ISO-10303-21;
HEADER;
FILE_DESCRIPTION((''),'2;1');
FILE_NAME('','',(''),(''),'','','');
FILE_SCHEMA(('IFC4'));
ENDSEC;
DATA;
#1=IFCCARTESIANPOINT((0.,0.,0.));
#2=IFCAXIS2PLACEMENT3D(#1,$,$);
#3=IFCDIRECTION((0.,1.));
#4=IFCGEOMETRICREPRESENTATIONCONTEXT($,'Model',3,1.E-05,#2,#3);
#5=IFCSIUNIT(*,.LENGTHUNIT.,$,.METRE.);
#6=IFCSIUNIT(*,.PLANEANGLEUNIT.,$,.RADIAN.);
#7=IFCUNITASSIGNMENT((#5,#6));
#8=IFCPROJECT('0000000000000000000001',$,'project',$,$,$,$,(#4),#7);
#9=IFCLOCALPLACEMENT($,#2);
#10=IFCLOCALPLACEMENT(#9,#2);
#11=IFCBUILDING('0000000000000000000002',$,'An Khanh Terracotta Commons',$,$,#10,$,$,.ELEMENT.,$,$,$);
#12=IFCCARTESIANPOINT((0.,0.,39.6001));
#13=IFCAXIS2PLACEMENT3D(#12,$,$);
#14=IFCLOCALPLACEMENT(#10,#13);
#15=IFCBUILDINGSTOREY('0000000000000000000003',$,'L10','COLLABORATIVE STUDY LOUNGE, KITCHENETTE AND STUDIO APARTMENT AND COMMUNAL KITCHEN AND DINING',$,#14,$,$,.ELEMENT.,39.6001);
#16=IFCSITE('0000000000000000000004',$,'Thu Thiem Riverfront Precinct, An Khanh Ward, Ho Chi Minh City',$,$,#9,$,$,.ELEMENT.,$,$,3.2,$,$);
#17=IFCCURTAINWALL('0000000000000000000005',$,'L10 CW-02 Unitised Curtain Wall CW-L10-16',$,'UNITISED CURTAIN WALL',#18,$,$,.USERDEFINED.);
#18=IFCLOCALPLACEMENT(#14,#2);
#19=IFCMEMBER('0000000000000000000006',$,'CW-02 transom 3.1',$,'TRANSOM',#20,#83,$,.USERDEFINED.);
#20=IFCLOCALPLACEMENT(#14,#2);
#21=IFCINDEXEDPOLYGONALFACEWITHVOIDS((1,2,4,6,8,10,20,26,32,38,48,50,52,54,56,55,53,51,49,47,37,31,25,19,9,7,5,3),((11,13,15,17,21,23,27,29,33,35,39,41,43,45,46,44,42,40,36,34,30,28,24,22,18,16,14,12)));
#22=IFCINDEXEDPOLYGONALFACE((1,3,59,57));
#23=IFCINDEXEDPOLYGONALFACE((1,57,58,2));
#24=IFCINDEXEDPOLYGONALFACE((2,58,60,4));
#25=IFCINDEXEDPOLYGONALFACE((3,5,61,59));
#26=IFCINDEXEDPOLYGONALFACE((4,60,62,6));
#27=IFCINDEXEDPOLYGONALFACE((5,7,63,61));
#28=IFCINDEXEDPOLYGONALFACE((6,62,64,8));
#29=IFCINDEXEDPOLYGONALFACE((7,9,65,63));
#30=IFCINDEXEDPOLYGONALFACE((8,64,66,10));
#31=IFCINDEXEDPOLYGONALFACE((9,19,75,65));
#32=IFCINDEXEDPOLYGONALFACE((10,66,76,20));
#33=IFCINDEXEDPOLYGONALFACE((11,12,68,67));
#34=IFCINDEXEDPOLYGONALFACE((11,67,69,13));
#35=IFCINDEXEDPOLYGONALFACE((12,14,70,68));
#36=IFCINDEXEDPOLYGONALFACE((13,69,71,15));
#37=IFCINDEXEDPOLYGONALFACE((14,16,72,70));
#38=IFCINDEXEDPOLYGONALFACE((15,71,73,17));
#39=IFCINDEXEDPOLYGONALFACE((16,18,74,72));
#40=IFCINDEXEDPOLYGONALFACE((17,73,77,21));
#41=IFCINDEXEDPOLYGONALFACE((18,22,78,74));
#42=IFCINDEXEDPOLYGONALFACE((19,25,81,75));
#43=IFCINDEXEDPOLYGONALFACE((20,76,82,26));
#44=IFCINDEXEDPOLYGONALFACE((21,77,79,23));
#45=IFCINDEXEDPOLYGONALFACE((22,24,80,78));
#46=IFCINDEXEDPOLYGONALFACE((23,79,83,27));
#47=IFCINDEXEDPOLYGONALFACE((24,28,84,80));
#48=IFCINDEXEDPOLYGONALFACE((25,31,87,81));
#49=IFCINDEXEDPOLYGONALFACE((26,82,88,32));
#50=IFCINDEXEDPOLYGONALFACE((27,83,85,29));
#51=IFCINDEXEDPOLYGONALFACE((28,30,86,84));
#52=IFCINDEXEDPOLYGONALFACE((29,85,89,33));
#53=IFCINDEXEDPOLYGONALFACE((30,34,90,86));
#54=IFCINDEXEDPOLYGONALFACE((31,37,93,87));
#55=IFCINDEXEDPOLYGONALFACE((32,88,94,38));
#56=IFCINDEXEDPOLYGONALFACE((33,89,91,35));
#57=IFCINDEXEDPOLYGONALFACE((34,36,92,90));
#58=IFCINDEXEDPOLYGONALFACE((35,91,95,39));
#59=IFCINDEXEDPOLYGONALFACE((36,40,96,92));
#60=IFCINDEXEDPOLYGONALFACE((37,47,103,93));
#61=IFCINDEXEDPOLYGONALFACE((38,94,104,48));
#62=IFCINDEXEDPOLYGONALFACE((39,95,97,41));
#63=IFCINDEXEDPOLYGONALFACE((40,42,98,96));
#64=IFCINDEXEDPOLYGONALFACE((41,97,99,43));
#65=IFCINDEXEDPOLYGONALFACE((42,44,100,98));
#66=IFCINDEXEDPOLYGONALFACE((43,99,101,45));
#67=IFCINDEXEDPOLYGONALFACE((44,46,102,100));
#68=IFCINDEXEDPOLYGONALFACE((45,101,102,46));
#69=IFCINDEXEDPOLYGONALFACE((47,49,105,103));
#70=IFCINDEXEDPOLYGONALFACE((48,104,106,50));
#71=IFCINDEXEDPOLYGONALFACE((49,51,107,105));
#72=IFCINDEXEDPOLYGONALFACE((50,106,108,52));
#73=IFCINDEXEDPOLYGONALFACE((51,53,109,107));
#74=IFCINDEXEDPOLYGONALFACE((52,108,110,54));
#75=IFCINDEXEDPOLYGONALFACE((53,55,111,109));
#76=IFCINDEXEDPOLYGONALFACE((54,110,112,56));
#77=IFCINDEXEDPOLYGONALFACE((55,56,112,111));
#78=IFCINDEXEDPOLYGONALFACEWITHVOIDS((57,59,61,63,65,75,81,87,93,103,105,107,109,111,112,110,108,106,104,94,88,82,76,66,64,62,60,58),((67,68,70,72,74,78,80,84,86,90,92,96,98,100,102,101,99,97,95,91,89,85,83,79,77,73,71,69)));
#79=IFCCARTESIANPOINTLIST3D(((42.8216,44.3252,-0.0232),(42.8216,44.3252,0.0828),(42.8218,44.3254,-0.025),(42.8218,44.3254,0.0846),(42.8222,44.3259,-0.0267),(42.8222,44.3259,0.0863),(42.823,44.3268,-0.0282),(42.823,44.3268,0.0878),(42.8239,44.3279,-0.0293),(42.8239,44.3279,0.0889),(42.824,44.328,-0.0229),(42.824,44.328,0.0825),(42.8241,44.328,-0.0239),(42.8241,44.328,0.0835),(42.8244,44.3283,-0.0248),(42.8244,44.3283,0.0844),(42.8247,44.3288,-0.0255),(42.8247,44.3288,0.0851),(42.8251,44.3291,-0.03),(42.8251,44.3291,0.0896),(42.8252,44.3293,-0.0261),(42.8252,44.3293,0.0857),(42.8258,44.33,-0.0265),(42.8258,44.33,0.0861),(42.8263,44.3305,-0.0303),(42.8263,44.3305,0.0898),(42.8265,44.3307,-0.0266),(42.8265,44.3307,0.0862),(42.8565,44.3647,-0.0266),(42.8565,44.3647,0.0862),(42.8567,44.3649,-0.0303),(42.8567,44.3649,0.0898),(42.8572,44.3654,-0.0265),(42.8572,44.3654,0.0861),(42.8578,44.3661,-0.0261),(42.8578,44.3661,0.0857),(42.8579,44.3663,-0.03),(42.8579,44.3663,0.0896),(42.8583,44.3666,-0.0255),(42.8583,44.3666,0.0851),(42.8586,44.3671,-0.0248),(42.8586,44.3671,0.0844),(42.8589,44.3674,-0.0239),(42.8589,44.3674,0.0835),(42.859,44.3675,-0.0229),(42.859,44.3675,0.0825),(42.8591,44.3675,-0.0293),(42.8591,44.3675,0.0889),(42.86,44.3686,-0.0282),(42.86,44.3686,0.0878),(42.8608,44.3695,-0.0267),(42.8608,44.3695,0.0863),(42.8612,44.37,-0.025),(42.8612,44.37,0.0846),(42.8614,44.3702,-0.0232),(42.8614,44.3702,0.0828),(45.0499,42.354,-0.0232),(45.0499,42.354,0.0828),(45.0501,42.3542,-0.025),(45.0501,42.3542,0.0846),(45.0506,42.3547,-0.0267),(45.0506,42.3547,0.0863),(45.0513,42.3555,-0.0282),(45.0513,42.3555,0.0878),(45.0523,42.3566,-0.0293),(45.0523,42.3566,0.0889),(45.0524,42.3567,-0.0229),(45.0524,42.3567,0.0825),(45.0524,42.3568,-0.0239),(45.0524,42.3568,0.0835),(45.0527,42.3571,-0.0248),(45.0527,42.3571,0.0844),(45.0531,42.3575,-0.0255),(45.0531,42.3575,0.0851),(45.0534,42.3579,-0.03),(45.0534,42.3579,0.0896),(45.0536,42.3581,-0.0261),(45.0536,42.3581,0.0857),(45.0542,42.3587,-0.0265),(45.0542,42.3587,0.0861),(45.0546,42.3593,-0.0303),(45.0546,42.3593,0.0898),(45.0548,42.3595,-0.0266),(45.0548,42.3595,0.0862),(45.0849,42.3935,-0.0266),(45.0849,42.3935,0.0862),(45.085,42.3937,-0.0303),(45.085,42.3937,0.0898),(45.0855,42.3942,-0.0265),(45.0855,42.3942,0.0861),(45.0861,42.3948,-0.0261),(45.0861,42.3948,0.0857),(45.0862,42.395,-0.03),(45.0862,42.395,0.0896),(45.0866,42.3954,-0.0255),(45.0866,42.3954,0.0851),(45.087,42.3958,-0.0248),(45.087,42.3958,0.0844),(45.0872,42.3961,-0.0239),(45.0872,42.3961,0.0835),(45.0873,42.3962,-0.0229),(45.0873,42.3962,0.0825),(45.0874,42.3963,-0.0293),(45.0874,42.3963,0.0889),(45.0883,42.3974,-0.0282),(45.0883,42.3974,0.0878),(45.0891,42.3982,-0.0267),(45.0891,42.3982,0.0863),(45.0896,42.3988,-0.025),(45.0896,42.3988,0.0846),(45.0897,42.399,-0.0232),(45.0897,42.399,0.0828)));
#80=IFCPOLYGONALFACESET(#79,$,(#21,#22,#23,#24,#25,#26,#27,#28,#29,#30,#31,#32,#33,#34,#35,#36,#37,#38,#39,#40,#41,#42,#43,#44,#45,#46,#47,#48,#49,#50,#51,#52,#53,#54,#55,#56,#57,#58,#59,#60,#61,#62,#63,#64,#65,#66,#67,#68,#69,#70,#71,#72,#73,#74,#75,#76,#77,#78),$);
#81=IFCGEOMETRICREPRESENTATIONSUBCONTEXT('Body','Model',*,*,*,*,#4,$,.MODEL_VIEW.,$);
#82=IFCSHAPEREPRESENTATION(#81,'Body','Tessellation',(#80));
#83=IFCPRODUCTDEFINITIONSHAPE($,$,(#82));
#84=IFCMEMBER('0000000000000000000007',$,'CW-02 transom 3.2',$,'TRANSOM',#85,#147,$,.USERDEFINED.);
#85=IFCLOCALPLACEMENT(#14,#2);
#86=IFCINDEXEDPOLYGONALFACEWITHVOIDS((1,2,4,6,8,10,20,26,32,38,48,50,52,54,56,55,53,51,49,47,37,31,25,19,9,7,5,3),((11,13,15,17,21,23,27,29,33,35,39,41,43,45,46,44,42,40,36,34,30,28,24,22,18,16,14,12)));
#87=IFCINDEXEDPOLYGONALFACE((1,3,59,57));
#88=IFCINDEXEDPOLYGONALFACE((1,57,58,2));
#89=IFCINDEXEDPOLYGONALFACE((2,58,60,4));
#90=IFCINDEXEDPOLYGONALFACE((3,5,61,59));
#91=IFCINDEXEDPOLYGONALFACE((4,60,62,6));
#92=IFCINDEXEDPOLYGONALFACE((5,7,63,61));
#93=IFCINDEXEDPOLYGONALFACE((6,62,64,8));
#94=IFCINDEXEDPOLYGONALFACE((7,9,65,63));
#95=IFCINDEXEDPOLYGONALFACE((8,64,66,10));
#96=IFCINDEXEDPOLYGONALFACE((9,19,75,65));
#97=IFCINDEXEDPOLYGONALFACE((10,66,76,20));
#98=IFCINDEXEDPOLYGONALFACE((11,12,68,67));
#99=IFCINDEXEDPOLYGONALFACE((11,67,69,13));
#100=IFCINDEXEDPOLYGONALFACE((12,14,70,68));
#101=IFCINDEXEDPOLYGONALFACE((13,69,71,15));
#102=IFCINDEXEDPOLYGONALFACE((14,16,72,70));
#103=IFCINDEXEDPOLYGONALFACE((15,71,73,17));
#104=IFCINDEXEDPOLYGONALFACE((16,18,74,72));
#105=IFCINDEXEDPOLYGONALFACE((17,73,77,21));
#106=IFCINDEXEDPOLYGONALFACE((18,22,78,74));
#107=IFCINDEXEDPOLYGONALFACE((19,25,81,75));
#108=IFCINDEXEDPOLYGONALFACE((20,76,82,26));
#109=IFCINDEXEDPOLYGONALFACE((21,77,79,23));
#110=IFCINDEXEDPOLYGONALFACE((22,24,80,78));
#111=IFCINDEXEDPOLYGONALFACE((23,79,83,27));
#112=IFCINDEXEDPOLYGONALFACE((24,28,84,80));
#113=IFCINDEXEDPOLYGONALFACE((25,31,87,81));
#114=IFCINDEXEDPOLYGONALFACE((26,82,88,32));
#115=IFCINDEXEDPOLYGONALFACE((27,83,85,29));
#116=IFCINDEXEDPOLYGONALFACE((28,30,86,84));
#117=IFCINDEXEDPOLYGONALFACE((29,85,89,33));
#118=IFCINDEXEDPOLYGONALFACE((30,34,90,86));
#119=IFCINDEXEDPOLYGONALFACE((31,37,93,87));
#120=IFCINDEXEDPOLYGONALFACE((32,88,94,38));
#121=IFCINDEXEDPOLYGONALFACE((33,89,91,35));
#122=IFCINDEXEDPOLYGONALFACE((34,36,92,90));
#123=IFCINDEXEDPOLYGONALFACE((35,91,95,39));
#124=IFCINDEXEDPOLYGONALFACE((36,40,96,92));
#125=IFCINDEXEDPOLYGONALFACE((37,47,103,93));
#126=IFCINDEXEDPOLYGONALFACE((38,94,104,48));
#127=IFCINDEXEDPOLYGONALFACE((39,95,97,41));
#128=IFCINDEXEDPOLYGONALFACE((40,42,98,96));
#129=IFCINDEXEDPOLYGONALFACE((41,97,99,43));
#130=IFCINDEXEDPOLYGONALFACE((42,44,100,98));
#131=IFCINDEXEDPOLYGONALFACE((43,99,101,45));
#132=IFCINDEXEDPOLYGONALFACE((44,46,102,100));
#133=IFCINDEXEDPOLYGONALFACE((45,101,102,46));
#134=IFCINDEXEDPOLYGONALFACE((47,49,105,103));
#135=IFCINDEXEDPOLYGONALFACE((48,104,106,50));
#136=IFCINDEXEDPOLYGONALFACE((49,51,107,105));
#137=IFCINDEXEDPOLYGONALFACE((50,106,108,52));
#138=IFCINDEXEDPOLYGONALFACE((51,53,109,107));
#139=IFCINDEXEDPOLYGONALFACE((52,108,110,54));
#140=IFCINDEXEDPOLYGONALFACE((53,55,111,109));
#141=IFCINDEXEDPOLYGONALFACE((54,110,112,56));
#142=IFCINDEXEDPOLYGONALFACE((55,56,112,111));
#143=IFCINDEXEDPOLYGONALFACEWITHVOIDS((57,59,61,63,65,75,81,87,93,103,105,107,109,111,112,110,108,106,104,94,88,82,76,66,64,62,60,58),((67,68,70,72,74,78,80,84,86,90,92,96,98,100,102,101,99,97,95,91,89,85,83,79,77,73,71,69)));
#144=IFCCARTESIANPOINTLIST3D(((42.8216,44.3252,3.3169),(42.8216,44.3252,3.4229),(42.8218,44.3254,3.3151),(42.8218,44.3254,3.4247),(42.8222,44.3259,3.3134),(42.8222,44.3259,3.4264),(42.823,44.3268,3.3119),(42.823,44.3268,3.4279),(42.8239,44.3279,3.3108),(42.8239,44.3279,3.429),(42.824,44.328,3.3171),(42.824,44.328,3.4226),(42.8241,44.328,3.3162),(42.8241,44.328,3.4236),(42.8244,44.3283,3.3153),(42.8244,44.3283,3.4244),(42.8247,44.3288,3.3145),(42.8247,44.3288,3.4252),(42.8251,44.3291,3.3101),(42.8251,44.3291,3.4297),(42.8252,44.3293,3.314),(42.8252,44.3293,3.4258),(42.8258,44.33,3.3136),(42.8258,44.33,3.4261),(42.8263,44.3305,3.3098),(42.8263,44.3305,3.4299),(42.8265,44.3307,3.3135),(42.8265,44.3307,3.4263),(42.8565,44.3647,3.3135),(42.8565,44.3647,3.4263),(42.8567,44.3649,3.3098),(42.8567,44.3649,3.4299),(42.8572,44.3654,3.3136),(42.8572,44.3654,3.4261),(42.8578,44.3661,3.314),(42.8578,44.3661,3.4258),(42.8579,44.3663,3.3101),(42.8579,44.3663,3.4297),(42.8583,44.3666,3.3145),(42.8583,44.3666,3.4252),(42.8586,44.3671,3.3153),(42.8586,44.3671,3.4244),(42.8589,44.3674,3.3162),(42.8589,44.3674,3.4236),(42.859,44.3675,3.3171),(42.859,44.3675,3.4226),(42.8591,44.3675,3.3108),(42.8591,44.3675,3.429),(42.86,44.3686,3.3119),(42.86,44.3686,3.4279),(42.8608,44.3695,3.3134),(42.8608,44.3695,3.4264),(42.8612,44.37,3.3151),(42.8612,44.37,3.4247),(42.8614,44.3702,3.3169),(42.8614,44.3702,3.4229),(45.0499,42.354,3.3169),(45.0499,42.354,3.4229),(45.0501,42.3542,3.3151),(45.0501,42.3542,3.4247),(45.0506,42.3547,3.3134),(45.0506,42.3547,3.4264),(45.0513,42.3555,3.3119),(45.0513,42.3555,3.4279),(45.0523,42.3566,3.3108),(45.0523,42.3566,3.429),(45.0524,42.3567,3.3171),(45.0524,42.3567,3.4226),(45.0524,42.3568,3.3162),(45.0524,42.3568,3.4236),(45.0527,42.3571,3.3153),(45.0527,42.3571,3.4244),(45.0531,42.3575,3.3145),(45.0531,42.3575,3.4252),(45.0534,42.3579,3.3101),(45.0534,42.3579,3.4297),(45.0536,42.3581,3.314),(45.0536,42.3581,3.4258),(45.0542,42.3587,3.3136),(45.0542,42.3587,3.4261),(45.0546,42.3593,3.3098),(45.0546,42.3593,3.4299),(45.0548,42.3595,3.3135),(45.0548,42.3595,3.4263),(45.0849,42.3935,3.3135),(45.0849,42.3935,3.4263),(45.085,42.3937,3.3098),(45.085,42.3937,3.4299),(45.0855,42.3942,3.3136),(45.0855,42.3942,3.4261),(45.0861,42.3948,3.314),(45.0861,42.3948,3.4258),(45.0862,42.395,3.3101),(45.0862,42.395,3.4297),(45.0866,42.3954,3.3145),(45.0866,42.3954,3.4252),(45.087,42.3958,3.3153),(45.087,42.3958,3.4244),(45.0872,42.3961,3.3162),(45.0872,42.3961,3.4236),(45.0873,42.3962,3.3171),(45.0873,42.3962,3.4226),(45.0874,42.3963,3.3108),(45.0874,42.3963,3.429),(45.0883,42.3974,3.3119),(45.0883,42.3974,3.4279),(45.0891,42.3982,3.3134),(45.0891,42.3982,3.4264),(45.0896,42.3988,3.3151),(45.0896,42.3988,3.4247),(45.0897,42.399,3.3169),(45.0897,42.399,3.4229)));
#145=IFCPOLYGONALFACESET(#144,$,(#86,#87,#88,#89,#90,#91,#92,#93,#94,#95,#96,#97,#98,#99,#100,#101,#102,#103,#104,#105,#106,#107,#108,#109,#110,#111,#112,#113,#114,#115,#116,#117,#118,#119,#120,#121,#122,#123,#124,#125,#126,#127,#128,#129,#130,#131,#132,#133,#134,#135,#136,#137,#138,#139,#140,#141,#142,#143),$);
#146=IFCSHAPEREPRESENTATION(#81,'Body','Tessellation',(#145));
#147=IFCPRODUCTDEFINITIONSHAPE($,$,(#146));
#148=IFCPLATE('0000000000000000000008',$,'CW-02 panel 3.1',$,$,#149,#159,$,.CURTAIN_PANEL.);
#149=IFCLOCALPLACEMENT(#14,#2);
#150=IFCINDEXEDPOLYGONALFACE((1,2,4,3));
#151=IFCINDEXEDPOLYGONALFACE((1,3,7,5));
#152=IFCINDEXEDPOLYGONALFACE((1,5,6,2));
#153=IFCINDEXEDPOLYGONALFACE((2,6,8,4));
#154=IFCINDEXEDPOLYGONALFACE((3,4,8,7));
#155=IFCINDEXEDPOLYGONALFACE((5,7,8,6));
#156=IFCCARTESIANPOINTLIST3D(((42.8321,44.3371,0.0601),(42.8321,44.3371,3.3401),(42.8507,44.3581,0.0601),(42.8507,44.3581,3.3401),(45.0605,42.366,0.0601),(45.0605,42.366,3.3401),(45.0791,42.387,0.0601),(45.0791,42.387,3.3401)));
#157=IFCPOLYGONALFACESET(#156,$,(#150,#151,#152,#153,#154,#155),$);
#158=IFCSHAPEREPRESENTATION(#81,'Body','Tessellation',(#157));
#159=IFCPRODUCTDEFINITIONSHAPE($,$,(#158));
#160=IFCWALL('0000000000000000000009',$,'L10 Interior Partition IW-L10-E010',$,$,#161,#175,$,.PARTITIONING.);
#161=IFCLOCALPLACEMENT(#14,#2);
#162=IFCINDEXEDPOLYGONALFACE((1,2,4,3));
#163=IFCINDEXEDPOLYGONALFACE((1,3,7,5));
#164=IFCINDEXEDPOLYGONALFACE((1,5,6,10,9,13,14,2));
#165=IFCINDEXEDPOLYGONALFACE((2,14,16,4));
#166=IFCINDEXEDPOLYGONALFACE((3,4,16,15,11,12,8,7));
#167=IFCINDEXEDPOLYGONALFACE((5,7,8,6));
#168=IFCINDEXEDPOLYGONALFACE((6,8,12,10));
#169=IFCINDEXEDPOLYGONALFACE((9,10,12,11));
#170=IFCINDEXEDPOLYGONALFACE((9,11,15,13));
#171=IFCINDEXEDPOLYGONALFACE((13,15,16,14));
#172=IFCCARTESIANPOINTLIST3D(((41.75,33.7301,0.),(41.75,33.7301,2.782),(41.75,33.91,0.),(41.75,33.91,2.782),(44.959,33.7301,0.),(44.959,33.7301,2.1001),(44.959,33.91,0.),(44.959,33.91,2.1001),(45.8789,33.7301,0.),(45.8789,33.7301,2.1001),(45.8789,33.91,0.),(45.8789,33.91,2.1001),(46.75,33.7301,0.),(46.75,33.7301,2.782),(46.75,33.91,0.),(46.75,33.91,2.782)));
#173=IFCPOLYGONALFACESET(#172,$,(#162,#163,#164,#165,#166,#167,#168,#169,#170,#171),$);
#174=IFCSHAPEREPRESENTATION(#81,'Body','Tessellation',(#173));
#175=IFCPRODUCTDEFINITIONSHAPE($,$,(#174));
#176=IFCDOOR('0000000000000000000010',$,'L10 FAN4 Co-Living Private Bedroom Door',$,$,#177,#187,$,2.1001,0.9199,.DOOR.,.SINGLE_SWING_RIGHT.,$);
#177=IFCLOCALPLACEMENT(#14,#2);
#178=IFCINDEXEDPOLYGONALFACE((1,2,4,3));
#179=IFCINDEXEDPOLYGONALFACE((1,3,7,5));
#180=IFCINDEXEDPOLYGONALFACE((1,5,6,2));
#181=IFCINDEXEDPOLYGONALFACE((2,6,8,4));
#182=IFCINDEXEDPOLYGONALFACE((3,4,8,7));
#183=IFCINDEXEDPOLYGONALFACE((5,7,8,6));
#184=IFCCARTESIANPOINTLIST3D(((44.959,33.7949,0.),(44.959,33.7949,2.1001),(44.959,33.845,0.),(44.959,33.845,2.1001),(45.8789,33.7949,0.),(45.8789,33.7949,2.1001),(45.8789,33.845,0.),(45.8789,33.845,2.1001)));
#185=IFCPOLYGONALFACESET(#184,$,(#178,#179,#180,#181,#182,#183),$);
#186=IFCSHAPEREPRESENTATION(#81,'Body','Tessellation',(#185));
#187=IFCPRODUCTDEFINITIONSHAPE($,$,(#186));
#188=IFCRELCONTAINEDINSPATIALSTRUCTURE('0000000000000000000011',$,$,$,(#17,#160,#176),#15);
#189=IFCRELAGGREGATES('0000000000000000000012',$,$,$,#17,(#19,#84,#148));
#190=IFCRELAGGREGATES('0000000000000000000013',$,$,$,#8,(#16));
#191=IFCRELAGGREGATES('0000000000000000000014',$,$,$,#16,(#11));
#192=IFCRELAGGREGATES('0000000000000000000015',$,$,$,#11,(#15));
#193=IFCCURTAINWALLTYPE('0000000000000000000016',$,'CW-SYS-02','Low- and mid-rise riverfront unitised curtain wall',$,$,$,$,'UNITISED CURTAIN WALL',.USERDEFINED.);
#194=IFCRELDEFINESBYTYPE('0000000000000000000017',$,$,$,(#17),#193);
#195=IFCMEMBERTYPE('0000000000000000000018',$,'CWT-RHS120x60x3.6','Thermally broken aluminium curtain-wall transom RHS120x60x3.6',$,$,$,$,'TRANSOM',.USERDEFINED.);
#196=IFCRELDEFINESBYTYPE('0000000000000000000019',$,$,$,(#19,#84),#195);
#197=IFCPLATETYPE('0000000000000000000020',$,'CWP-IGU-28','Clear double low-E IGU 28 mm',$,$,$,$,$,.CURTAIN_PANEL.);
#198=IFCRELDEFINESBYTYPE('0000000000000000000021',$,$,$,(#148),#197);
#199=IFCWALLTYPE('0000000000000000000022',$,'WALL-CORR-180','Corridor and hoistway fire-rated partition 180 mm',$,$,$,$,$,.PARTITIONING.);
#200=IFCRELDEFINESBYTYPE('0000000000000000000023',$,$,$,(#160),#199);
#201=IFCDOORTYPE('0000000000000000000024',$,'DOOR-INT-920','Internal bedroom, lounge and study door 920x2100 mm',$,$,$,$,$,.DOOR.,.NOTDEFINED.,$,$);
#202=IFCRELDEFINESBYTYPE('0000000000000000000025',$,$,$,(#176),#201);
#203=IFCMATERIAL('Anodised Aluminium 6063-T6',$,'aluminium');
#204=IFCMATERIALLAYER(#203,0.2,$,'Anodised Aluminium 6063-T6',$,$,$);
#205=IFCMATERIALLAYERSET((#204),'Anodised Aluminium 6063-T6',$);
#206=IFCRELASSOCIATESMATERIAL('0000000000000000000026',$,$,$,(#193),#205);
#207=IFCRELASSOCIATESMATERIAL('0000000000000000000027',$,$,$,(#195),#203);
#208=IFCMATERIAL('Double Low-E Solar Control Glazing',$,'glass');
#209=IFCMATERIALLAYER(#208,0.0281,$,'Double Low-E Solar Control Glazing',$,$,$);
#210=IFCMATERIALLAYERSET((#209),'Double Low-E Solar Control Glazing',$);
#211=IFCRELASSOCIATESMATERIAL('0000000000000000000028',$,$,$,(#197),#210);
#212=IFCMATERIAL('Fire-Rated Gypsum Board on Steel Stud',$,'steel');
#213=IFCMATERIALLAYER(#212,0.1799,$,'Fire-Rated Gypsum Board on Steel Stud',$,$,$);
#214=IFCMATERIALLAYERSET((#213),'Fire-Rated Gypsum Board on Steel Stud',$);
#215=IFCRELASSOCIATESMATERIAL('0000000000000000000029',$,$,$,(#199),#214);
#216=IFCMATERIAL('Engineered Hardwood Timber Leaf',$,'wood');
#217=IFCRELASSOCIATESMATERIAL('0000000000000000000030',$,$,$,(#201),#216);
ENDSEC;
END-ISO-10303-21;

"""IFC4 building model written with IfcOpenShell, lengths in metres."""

from ifc_helpers import new_model, si_unit, direction, frame, frame_2d, origin, origin_2d, place, context, subcontext, project, spatial, rectangle, hollow_rectangle, extrude, material, layer, layer_set, material_profile, profile_set, type_object, element, fill, aggregate, save


model = new_model("IFC4")

# Units and contexts
model_context = context("Model", 3, precision=1e-05, world=origin(), true_north=direction((0.0, 1.0)))
body_context = subcontext(model_context, "Body", "Model", "MODEL_VIEW")
ifc_project = project(units=[si_unit("LENGTHUNIT", "METRE"), si_unit("PLANEANGLEUNIT", "RADIAN")], contexts=[model_context])

# Site, building, storey
site_placement = place(None, origin())
site = spatial("IfcSite", under=ifc_project, at=site_placement, Name="Thu Thiem Riverfront Precinct, An Khanh Ward, Ho Chi Minh City", CompositionType="ELEMENT", RefElevation=3.2)
building_placement = place(site_placement, origin())
building = spatial("IfcBuilding", under=site, at=building_placement, Name="An Khanh Terracotta Commons", CompositionType="ELEMENT")
storey_placement = place(building_placement, frame((0.0, 0.0, 39.6001)))
storey = spatial("IfcBuildingStorey", under=building, at=storey_placement, Name="L10", Description="COLLABORATIVE STUDY LOUNGE, KITCHENETTE AND STUDIO APARTMENT AND COMMUNAL KITCHEN AND DINING", CompositionType="ELEMENT", Elevation=39.6001)

# Curtain wall, members, plate
ifc_material_1 = material(Name="Anodised Aluminium 6063-T6", Category="aluminium")
ifc_layer_1 = layer(ifc_material_1, 0.2, Name="Anodised Aluminium 6063-T6")
ifc_layer_set_1 = layer_set([ifc_layer_1], Name="Anodised Aluminium 6063-T6")
curtain_wall_type = type_object("IfcCurtainWallType", Name="CW-SYS-02", Description="Low- and mid-rise riverfront unitised curtain wall", ElementType="UNITISED CURTAIN WALL", PredefinedType="USERDEFINED", material=ifc_layer_set_1)
curtain_wall_placement = place(storey_placement, origin())
curtain_wall = element("IfcCurtainWall", 1, at=curtain_wall_placement, inside=storey, type_object=curtain_wall_type, Name="L10 CW-02 Unitised Curtain Wall CW-L10-16", ObjectType="UNITISED CURTAIN WALL", PredefinedType="USERDEFINED")
ifc_material_profile_1 = material_profile(ifc_material_1, hollow_rectangle(XDim=0.0601, YDim=0.1201, WallThickness=0.0037, InnerFilletRadius=0.0037, OuterFilletRadius=0.0071, at=origin_2d()), Name="RHS120x60x3.6")
ifc_profile_set_1 = profile_set([ifc_material_profile_1], Name="Anodised Aluminium 6063-T6")
member_type_1 = type_object("IfcMemberType", Name="CWT-RHS120x60x3.6", Description="Thermally broken aluminium curtain-wall transom RHS120x60x3.6", ElementType="TRANSOM", PredefinedType="USERDEFINED", material=ifc_profile_set_1)
member_1_placement = place(storey_placement, frame((45.0698, 42.3765, 0.0298), z_axis=(-0.748992, 0.662579, 0.0), x_axis=(-0.662579, -0.748992, 0.0)))
member_1 = element("IfcMember", 2, at=member_1_placement, type_object=member_type_1, Name="CW-02 transom 3.1", ObjectType="TRANSOM", PredefinedType="USERDEFINED", context=body_context, shape_type="SweptSolid", body=[
    extrude(hollow_rectangle(XDim=0.0601, YDim=0.1201, WallThickness=0.0037, InnerFilletRadius=0.0037, OuterFilletRadius=0.0071, at=origin_2d()), origin(), (0.0, 0.0, 1.0), 2.9751),
])
member_2_placement = place(storey_placement, frame((45.0698, 42.3765, 3.3699), z_axis=(-0.748992, 0.662579, 0.0), x_axis=(-0.662579, -0.748992, 0.0)))
member_2 = element("IfcMember", 3, at=member_2_placement, type_object=member_type_1, Name="CW-02 transom 3.2", ObjectType="TRANSOM", PredefinedType="USERDEFINED", context=body_context, shape_type="SweptSolid", body=[
    extrude(hollow_rectangle(XDim=0.0601, YDim=0.1201, WallThickness=0.0037, InnerFilletRadius=0.0037, OuterFilletRadius=0.0071, at=origin_2d()), origin(), (0.0, 0.0, 1.0), 2.9751),
])
ifc_material_2 = material(Name="Double Low-E Solar Control Glazing", Category="glass")
ifc_layer_2 = layer(ifc_material_2, 0.0281, Name="Double Low-E Solar Control Glazing")
ifc_layer_set_2 = layer_set([ifc_layer_2], Name="Double Low-E Solar Control Glazing")
plate_type = type_object("IfcPlateType", Name="CWP-IGU-28", Description="Clear double low-E IGU 28 mm", PredefinedType="CURTAIN_PANEL", material=ifc_layer_set_2)
plate_placement = place(storey_placement, frame((43.9556, 43.3621, 0.0601), z_axis=(0.0, 0.0, 1.0), x_axis=(-0.749019, 0.662548, 0.0)))
plate = element("IfcPlate", 4, at=plate_placement, type_object=plate_type, Name="CW-02 panel 3.1", PredefinedType="CURTAIN_PANEL", context=body_context, shape_type="SweptSolid", body=[
    extrude(rectangle(XDim=2.9751, YDim=0.0281, at=origin_2d()), origin(), (0.0, 0.0, 1.0), 3.28),
])
aggregate(curtain_wall, [member_1, member_2, plate])

# Wall, opening, door
ifc_material_3 = material(Name="Fire-Rated Gypsum Board on Steel Stud", Category="steel")
ifc_layer_3 = layer(ifc_material_3, 0.1799, Name="Fire-Rated Gypsum Board on Steel Stud")
ifc_layer_set_3 = layer_set([ifc_layer_3], Name="Fire-Rated Gypsum Board on Steel Stud")
wall_type_1 = type_object("IfcWallType", Name="WALL-CORR-180", Description="Corridor and hoistway fire-rated partition 180 mm", PredefinedType="PARTITIONING", material=ifc_layer_set_3)
wall_1_placement = place(storey_placement, frame((41.75, 33.8201, 0.0), z_axis=(0.0, 0.0, 1.0), x_axis=(1.0, 0.0, 0.0)))
wall_1 = element("IfcWall", 5, at=wall_1_placement, inside=storey, type_object=wall_type_1, Name="L10 Interior Partition IW-L10-E010", PredefinedType="PARTITIONING", context=body_context, shape_type="SweptSolid", body=[
    extrude(rectangle(XDim=5.0, YDim=0.1799, at=frame_2d((2.5, 0.0))), origin(), (0.0, 0.0, 1.0), 2.782),
])
opening_1_placement = place(wall_1_placement, frame((3.209, 0.0, 0.0)))
opening_1 = element("IfcOpeningElement", 6, at=opening_1_placement, cuts=wall_1, PredefinedType="OPENING", context=body_context, shape_type="SweptSolid", body=[
    extrude(rectangle(XDim=0.9199, YDim=2.1001, at=frame_2d((0.46, 1.05))), frame((0.0, 0.0999, 0.0), z_axis=(0.0, -1.0, 0.0), x_axis=(1.0, 0.0, 0.0)), (0.0, 0.0, 1.0), 0.2),
])
ifc_material_4 = material(Name="Engineered Hardwood Timber Leaf", Category="wood")
door_type_1 = type_object("IfcDoorType", Name="DOOR-INT-920", Description="Internal bedroom, lounge and study door 920x2100 mm", OperationType="NOTDEFINED", PredefinedType="DOOR", material=ifc_material_4)
door_1_placement = place(opening_1_placement, origin())
door_1 = element("IfcDoor", 7, at=door_1_placement, inside=storey, type_object=door_type_1, Name="L10 FAN4 Co-Living Private Bedroom Door", OperationType="SINGLE_SWING_RIGHT", OverallHeight=2.1001, OverallWidth=0.9199, PredefinedType="DOOR", context=body_context, shape_type="SweptSolid", body=[
    extrude(rectangle(XDim=0.9199, YDim=2.1001, at=frame_2d((0.46, 1.05))), frame((0.0, 0.0249, 0.0), z_axis=(0.0, -1.0, 0.0), x_axis=(1.0, 0.0, 0.0)), (0.0, 0.0, 1.0), 0.05),
])
fill(opening_1, door_1)

save(model, "model.ifc")
